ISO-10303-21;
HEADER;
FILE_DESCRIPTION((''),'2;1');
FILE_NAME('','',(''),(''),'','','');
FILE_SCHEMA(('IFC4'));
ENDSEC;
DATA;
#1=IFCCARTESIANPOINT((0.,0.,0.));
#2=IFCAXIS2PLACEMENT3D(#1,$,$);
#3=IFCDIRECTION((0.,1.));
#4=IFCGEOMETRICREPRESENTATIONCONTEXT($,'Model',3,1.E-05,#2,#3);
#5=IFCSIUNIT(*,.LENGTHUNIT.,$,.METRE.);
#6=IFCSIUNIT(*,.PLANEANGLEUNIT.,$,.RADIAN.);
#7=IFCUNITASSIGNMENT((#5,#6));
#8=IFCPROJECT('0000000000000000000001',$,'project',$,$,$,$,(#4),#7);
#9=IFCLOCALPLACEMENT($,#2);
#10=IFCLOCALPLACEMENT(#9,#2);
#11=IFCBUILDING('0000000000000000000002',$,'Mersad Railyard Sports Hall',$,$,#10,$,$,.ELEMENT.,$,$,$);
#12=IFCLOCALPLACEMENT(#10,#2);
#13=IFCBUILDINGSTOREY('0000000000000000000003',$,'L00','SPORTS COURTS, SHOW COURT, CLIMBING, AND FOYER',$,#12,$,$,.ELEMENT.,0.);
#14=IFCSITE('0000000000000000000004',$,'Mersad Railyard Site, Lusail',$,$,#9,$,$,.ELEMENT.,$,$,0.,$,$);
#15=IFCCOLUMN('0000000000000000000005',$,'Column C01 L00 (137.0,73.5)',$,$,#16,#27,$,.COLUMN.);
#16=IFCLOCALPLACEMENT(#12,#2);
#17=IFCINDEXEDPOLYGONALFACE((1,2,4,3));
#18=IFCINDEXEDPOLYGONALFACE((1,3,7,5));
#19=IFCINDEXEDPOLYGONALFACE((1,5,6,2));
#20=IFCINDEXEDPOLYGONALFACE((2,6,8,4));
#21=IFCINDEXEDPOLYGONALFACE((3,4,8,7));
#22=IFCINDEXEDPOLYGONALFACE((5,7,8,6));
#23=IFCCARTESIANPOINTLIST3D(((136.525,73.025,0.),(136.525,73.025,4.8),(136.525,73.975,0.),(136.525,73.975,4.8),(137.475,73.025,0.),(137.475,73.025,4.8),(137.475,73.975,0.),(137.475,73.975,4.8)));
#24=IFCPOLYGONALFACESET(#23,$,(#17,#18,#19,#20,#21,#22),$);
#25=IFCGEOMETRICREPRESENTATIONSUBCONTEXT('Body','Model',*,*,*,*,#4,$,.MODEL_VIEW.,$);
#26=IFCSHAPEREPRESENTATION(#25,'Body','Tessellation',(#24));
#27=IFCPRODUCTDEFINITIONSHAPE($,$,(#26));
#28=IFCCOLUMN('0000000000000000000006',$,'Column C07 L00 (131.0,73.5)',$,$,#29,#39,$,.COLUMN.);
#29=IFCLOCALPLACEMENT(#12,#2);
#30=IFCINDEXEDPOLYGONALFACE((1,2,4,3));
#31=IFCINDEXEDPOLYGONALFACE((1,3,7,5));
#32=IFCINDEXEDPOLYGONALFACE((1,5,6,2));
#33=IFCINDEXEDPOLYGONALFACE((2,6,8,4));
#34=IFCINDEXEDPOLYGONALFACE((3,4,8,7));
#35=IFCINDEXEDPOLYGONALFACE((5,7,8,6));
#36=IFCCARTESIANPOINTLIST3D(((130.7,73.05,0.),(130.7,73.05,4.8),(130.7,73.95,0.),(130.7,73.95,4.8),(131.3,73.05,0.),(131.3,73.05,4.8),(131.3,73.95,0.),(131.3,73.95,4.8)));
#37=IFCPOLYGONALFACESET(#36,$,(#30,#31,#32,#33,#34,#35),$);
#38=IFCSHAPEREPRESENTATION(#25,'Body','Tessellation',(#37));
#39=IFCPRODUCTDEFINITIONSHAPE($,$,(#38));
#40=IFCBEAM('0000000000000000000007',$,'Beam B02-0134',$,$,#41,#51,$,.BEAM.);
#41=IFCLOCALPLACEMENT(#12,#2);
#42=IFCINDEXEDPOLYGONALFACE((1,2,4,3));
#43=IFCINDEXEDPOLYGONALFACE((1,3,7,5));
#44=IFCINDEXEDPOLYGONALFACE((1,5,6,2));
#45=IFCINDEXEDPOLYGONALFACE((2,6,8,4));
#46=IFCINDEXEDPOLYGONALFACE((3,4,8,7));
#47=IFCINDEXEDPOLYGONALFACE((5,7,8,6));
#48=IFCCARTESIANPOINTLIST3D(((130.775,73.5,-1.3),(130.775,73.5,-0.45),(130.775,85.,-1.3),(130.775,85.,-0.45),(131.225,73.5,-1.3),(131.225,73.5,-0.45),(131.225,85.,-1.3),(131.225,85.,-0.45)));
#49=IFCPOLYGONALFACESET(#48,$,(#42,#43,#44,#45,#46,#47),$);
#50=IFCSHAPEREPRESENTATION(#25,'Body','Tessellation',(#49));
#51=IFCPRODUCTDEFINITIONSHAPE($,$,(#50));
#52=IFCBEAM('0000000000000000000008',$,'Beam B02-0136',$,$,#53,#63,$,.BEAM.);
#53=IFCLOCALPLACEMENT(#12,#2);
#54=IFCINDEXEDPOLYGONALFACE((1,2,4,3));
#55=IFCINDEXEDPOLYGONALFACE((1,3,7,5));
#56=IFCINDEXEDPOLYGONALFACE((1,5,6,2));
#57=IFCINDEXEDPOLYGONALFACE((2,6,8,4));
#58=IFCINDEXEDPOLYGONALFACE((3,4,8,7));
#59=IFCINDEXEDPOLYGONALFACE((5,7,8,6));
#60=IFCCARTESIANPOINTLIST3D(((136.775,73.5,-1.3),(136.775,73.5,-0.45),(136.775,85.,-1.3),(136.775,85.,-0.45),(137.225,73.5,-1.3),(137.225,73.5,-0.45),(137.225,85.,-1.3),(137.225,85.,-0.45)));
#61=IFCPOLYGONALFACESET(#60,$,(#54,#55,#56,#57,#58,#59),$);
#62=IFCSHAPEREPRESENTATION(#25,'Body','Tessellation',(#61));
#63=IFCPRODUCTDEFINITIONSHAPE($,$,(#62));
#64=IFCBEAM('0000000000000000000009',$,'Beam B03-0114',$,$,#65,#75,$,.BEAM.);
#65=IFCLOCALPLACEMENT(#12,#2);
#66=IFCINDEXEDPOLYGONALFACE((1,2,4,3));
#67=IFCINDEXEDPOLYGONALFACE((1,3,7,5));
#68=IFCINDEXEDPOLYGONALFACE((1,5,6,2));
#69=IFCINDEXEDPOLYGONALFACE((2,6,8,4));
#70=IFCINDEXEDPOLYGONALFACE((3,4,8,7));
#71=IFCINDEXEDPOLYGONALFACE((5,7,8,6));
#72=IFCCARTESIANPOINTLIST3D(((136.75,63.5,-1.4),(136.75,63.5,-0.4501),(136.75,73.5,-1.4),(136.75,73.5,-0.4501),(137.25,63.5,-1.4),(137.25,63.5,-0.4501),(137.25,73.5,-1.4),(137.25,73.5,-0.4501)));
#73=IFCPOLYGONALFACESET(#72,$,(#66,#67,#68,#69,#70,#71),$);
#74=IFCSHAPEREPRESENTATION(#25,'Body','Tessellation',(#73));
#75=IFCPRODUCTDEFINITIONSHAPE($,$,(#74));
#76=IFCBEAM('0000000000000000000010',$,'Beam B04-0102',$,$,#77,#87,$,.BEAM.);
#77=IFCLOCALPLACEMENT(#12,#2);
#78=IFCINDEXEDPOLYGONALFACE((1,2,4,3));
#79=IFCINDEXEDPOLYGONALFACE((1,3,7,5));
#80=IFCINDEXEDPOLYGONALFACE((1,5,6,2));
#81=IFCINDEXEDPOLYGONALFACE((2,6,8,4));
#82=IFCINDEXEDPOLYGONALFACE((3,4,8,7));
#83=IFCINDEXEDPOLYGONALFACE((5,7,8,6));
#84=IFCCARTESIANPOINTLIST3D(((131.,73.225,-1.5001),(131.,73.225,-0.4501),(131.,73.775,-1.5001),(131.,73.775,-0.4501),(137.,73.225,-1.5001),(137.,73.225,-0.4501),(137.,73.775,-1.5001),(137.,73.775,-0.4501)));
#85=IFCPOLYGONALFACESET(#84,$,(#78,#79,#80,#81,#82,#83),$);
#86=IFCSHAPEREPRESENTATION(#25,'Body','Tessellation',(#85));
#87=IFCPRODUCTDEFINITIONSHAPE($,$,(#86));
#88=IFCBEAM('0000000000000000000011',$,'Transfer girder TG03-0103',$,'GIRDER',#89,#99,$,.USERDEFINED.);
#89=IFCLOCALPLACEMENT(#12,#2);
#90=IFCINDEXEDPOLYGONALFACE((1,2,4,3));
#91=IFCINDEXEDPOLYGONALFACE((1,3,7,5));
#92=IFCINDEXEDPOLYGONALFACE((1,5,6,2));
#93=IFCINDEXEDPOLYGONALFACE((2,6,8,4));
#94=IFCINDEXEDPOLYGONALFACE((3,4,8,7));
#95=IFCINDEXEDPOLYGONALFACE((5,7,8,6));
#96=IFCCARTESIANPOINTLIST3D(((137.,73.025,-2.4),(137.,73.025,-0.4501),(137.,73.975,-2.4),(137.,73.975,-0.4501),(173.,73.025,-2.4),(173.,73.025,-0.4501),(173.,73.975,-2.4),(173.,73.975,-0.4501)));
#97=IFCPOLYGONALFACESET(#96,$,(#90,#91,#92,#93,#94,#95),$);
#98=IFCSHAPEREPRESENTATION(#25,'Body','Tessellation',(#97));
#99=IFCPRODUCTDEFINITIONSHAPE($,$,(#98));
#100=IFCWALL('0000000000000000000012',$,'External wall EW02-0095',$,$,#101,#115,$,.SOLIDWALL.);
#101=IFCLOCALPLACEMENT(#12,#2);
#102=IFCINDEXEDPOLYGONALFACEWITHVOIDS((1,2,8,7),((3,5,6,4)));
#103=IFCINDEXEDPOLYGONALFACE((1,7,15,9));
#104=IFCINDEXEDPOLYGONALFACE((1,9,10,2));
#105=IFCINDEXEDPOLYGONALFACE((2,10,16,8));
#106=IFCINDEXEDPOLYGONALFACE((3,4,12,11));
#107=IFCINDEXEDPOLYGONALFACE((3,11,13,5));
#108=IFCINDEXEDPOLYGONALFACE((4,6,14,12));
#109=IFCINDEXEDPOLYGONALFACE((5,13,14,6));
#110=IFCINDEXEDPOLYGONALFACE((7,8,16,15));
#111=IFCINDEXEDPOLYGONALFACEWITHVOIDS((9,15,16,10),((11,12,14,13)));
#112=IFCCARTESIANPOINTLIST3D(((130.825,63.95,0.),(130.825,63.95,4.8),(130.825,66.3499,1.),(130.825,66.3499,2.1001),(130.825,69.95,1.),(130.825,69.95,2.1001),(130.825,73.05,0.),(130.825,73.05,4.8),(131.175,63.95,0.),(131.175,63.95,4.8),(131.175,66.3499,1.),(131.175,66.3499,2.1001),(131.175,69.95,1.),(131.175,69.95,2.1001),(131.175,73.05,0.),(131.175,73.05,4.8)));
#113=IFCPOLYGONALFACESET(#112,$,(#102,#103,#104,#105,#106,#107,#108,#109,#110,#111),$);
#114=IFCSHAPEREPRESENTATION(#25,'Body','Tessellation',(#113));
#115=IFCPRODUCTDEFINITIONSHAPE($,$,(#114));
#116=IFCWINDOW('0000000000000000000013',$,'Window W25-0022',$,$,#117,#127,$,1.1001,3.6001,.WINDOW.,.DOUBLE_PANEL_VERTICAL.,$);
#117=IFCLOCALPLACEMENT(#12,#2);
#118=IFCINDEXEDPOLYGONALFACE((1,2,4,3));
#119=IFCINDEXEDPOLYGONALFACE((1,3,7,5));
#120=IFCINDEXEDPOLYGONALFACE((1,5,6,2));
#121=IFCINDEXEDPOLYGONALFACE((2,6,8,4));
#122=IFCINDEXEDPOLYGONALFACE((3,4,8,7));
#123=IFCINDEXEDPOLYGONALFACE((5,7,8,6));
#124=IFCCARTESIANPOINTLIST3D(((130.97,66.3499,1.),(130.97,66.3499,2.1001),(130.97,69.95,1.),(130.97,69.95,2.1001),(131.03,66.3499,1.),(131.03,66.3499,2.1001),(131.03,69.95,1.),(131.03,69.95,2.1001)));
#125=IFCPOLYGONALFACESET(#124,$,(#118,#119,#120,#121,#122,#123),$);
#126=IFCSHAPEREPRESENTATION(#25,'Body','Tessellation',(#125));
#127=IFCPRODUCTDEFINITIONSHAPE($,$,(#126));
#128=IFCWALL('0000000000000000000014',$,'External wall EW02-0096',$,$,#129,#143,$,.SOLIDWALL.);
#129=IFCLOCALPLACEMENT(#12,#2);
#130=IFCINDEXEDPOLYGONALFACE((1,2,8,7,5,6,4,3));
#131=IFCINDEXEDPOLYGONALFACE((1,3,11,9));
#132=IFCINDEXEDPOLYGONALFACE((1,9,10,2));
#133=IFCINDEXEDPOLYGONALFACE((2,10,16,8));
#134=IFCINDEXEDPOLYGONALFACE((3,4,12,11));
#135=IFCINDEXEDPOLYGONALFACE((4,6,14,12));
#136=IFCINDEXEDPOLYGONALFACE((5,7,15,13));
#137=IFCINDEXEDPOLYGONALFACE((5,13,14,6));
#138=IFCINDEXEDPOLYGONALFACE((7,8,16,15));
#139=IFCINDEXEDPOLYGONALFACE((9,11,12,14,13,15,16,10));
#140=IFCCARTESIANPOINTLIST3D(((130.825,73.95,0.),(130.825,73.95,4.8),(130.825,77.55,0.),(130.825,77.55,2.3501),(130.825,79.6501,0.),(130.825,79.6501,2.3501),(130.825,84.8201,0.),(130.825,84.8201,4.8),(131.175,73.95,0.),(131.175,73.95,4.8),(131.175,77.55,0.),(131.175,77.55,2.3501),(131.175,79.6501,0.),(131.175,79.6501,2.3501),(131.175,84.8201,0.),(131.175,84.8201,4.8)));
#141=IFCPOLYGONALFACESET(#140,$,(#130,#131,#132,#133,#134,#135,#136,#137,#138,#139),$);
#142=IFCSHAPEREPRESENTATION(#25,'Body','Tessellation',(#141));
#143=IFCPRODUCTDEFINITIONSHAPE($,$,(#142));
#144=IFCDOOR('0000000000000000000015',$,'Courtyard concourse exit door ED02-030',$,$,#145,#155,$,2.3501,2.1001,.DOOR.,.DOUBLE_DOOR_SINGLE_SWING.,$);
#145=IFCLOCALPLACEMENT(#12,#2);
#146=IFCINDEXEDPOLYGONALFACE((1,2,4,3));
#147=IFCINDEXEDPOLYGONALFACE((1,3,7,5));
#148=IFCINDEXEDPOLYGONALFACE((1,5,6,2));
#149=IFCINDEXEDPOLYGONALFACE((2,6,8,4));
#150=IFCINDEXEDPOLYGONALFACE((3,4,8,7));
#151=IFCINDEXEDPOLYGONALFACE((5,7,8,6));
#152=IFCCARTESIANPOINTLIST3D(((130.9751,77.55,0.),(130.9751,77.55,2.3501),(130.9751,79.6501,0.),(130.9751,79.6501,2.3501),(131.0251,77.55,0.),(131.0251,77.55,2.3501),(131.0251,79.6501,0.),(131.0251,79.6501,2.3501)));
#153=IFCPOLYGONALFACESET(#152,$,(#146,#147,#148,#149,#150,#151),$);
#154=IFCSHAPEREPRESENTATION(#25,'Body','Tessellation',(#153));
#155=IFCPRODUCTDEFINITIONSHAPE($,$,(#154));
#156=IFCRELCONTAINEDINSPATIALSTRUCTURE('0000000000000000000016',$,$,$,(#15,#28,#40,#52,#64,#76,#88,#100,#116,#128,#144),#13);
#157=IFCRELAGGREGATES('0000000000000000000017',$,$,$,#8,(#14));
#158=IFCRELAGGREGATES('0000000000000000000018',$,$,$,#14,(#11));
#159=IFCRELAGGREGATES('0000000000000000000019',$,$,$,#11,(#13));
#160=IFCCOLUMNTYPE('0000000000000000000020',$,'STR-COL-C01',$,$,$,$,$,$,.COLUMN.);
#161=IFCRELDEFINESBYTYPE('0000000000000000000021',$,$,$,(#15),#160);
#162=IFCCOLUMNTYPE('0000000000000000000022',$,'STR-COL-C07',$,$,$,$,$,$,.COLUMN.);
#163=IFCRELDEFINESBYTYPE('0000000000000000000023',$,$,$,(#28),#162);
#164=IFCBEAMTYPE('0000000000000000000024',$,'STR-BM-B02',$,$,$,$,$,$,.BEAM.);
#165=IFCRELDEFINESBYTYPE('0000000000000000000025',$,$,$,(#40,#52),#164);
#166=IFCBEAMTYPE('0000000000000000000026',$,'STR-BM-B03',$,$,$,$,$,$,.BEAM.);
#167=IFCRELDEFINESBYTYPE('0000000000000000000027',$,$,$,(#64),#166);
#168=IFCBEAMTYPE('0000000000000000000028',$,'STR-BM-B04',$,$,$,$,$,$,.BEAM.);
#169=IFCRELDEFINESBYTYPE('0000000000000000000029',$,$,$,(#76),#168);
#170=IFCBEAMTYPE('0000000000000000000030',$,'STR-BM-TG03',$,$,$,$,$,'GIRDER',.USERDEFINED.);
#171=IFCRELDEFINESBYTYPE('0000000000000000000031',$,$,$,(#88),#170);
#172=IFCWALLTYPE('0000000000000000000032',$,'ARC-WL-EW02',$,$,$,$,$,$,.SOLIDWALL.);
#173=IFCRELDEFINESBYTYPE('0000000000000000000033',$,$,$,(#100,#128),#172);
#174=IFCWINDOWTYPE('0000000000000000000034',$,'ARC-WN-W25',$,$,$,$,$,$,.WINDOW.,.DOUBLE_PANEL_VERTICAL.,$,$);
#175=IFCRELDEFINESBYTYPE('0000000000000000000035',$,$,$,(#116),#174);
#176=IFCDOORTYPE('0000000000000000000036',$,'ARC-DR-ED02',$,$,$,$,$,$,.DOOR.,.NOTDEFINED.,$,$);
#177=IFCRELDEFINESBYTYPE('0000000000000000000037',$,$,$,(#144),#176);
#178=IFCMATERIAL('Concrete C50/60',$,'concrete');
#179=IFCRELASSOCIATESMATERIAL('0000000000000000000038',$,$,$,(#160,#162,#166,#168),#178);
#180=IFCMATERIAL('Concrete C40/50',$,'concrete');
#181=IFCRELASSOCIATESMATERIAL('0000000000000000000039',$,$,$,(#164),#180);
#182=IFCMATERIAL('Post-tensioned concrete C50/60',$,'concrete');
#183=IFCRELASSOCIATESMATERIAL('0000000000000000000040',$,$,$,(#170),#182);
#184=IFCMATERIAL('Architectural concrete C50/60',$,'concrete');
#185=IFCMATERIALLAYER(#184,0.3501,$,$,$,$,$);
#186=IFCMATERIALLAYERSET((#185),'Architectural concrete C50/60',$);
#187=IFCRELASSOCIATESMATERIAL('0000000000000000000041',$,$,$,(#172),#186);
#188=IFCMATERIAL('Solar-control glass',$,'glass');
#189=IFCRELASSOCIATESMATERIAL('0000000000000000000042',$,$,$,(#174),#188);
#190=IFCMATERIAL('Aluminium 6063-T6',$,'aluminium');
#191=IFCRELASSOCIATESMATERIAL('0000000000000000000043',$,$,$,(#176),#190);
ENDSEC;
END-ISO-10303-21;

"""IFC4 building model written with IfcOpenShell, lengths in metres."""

from ifc_helpers import new_model, si_unit, direction, frame, frame_2d, origin, origin_2d, place, context, subcontext, project, spatial, rectangle, extrude, material, layer, layer_set, material_profile, profile_set, type_object, element, fill, save


model = new_model("IFC4")

# Units and contexts
model_context = context("Model", 3, precision=1e-05, world=origin(), true_north=direction((0.0, 1.0)))
body_context = subcontext(model_context, "Body", "Model", "MODEL_VIEW")
ifc_project = project(units=[si_unit("LENGTHUNIT", "METRE"), si_unit("PLANEANGLEUNIT", "RADIAN")], contexts=[model_context])

# Site, building, storey
site_placement = place(None, origin())
site = spatial("IfcSite", under=ifc_project, at=site_placement, Name="Mersad Railyard Site, Lusail", CompositionType="ELEMENT", RefElevation=0.0)
building_placement = place(site_placement, origin())
building = spatial("IfcBuilding", under=site, at=building_placement, Name="Mersad Railyard Sports Hall", CompositionType="ELEMENT")
storey_placement = place(building_placement, origin())
storey = spatial("IfcBuildingStorey", under=building, at=storey_placement, Name="L00", Description="SPORTS COURTS, SHOW COURT, CLIMBING, AND FOYER", CompositionType="ELEMENT", Elevation=0.0)

# Columns
ifc_material_1 = material(Name="Concrete C50/60", Category="concrete")
ifc_material_profile_1 = material_profile(ifc_material_1, rectangle(XDim=0.95, YDim=0.95, at=origin_2d()), Name="RC 950x950")
ifc_profile_set_1 = profile_set([ifc_material_profile_1], Name="Concrete C50/60")
column_type_1 = type_object("IfcColumnType", Name="STR-COL-C01", PredefinedType="COLUMN", material=ifc_profile_set_1)
column_1_placement = place(storey_placement, frame((137.0, 73.5, 0.0), z_axis=(0.0, 0.0, 1.0), x_axis=(1.0, 0.0, 0.0)))
element("IfcColumn", 1, at=column_1_placement, inside=storey, type_object=column_type_1, Name="Column C01 L00 (137.0,73.5)", PredefinedType="COLUMN", context=body_context, shape_type="SweptSolid", body=[
    extrude(rectangle(XDim=0.95, YDim=0.95, at=origin_2d()), origin(), (0.0, 0.0, 1.0), 4.8),
])
ifc_material_profile_2 = material_profile(ifc_material_1, rectangle(XDim=0.6001, YDim=0.8999, at=origin_2d()), Name="RC 600x900")
ifc_profile_set_2 = profile_set([ifc_material_profile_2], Name="Concrete C50/60")
column_type_2 = type_object("IfcColumnType", Name="STR-COL-C07", PredefinedType="COLUMN", material=ifc_profile_set_2)
column_2_placement = place(storey_placement, frame((131.0, 73.5, 0.0), z_axis=(0.0, 0.0, 1.0), x_axis=(1.0, 0.0, 0.0)))
element("IfcColumn", 2, at=column_2_placement, inside=storey, type_object=column_type_2, Name="Column C07 L00 (131.0,73.5)", PredefinedType="COLUMN", context=body_context, shape_type="SweptSolid", body=[
    extrude(rectangle(XDim=0.6001, YDim=0.8999, at=origin_2d()), origin(), (0.0, 0.0, 1.0), 4.8),
])

# Beams
ifc_material_2 = material(Name="Concrete C40/50", Category="concrete")
ifc_material_profile_3 = material_profile(ifc_material_2, rectangle(XDim=0.45, YDim=0.8501, at=origin_2d()), Name="RC 450x850")
ifc_profile_set_3 = profile_set([ifc_material_profile_3], Name="Concrete C40/50")
beam_type_1 = type_object("IfcBeamType", Name="STR-BM-B02", PredefinedType="BEAM", material=ifc_profile_set_3)
for number, where, z_axis, x_axis, name in (
    (3, (131.0, 73.5, -0.875), (0.0, 1.0, 0.0), (-1.0, 0.0, 0.0), "Beam B02-0134"),
    (4, (137.0, 73.5, -0.875), (0.0, 1.0, 0.0), (-1.0, 0.0, 0.0), "Beam B02-0136"),
):
    element("IfcBeam", number, at=place(storey_placement, frame(where, z_axis=z_axis, x_axis=x_axis)), inside=storey, type_object=beam_type_1, Name=name, PredefinedType="BEAM", context=body_context, shape_type="SweptSolid", body=[
        extrude(rectangle(XDim=0.45, YDim=0.8501, at=origin_2d()), origin(), (0.0, 0.0, 1.0), 11.5),
    ])
ifc_material_profile_4 = material_profile(ifc_material_1, rectangle(XDim=0.5, YDim=0.95, at=origin_2d()), Name="RC 500x950")
ifc_profile_set_4 = profile_set([ifc_material_profile_4], Name="Concrete C50/60")
beam_type_2 = type_object("IfcBeamType", Name="STR-BM-B03", PredefinedType="BEAM", material=ifc_profile_set_4)
beam_1_placement = place(storey_placement, frame((137.0, 63.5, -0.925), z_axis=(0.0, 1.0, 0.0), x_axis=(-1.0, 0.0, 0.0)))
element("IfcBeam", 5, at=beam_1_placement, inside=storey, type_object=beam_type_2, Name="Beam B03-0114", PredefinedType="BEAM", context=body_context, shape_type="SweptSolid", body=[
    extrude(rectangle(XDim=0.5, YDim=0.95, at=origin_2d()), origin(), (0.0, 0.0, 1.0), 10.0),
])
ifc_material_profile_5 = material_profile(ifc_material_1, rectangle(XDim=0.55, YDim=1.05, at=origin_2d()), Name="RC 550x1050")
ifc_profile_set_5 = profile_set([ifc_material_profile_5], Name="Concrete C50/60")
beam_type_3 = type_object("IfcBeamType", Name="STR-BM-B04", PredefinedType="BEAM", material=ifc_profile_set_5)
beam_2_placement = place(storey_placement, frame((131.0, 73.5, -0.9751), z_axis=(1.0, 0.0, 0.0), x_axis=(0.0, 1.0, 0.0)))
element("IfcBeam", 6, at=beam_2_placement, inside=storey, type_object=beam_type_3, Name="Beam B04-0102", PredefinedType="BEAM", context=body_context, shape_type="SweptSolid", body=[
    extrude(rectangle(XDim=0.55, YDim=1.05, at=origin_2d()), origin(), (0.0, 0.0, 1.0), 6.0),
])
ifc_material_3 = material(Name="Post-tensioned concrete C50/60", Category="concrete")
ifc_material_profile_6 = material_profile(ifc_material_3, rectangle(XDim=0.95, YDim=1.95, at=origin_2d()), Name="PT 950x1950")
ifc_profile_set_6 = profile_set([ifc_material_profile_6], Name="Post-tensioned concrete C50/60")
beam_type_4 = type_object("IfcBeamType", Name="STR-BM-TG03", ElementType="GIRDER", PredefinedType="USERDEFINED", material=ifc_profile_set_6)
beam_3_placement = place(storey_placement, frame((137.0, 73.5, -1.425), z_axis=(1.0, 0.0, 0.0), x_axis=(0.0, 1.0, 0.0)))
element("IfcBeam", 7, at=beam_3_placement, inside=storey, type_object=beam_type_4, Name="Transfer girder TG03-0103", ObjectType="GIRDER", PredefinedType="USERDEFINED", context=body_context, shape_type="SweptSolid", body=[
    extrude(rectangle(XDim=0.95, YDim=1.95, at=origin_2d()), origin(), (0.0, 0.0, 1.0), 36.0),
])

# Wall, opening, window
ifc_material_4 = material(Name="Architectural concrete C50/60", Category="concrete")
ifc_layer_1 = layer(ifc_material_4, 0.3501)
ifc_layer_set_1 = layer_set([ifc_layer_1], Name="Architectural concrete C50/60")
wall_type_1 = type_object("IfcWallType", Name="ARC-WL-EW02", PredefinedType="SOLIDWALL", material=ifc_layer_set_1)
wall_1_placement = place(storey_placement, frame((131.0, 63.95, 0.0), z_axis=(0.0, 0.0, 1.0), x_axis=(0.0, 1.0, 0.0)))
wall_1 = element("IfcWall", 8, at=wall_1_placement, inside=storey, type_object=wall_type_1, Name="External wall EW02-0095", PredefinedType="SOLIDWALL", context=body_context, shape_type="SweptSolid", body=[
    extrude(rectangle(XDim=9.1001, YDim=0.3501, at=frame_2d((4.55, 0.0))), origin(), (0.0, 0.0, 1.0), 4.8),
])
opening_1_placement = place(wall_1_placement, frame((2.3999, 0.0, 1.0)))
opening_1 = element("IfcOpeningElement", 9, at=opening_1_placement, cuts=wall_1, PredefinedType="OPENING", context=body_context, shape_type="SweptSolid", body=[
    extrude(rectangle(XDim=3.6001, YDim=1.1001, at=frame_2d((1.8, 0.55))), frame((0.0, 0.1851, 0.0), z_axis=(0.0, -1.0, 0.0), x_axis=(1.0, 0.0, 0.0)), (0.0, 0.0, 1.0), 0.3701),
])
ifc_material_5 = material(Name="Solar-control glass", Category="glass")
window_type = type_object("IfcWindowType", Name="ARC-WN-W25", PartitioningType="DOUBLE_PANEL_VERTICAL", PredefinedType="WINDOW", material=ifc_material_5)
window_placement = place(opening_1_placement, origin())
window = element("IfcWindow", 10, at=window_placement, inside=storey, type_object=window_type, Name="Window W25-0022", OverallHeight=1.1001, OverallWidth=3.6001, PartitioningType="DOUBLE_PANEL_VERTICAL", PredefinedType="WINDOW", context=body_context, shape_type="SweptSolid", body=[
    extrude(rectangle(XDim=3.6001, YDim=1.1001, at=frame_2d((1.8, 0.55))), frame((0.0, 0.03, 0.0), z_axis=(0.0, -1.0, 0.0), x_axis=(1.0, 0.0, 0.0)), (0.0, 0.0, 1.0), 0.0601),
])
fill(opening_1, window)

# Wall, opening, door
wall_2_placement = place(storey_placement, frame((131.0, 73.95, 0.0), z_axis=(0.0, 0.0, 1.0), x_axis=(0.0, 1.0, 0.0)))
wall_2 = element("IfcWall", 11, at=wall_2_placement, inside=storey, type_object=wall_type_1, Name="External wall EW02-0096", PredefinedType="SOLIDWALL", context=body_context, shape_type="SweptSolid", body=[
    extrude(rectangle(XDim=10.8701, YDim=0.3501, at=frame_2d((5.4351, 0.0))), origin(), (0.0, 0.0, 1.0), 4.8),
])
opening_2_placement = place(wall_2_placement, frame((3.6001, 0.0, 0.0)))
opening_2 = element("IfcOpeningElement", 12, at=opening_2_placement, cuts=wall_2, PredefinedType="OPENING", context=body_context, shape_type="SweptSolid", body=[
    extrude(rectangle(XDim=2.1001, YDim=2.3501, at=frame_2d((1.05, 1.175))), frame((0.0, 0.1851, 0.0), z_axis=(0.0, -1.0, 0.0), x_axis=(1.0, 0.0, 0.0)), (0.0, 0.0, 1.0), 0.3701),
])
ifc_material_6 = material(Name="Aluminium 6063-T6", Category="aluminium")
door_type_1 = type_object("IfcDoorType", Name="ARC-DR-ED02", OperationType="NOTDEFINED", PredefinedType="DOOR", material=ifc_material_6)
door_1_placement = place(opening_2_placement, origin())
door_1 = element("IfcDoor", 13, at=door_1_placement, inside=storey, type_object=door_type_1, Name="Courtyard concourse exit door ED02-030", OperationType="DOUBLE_DOOR_SINGLE_SWING", OverallHeight=2.3501, OverallWidth=2.1001, PredefinedType="DOOR", context=body_context, shape_type="SweptSolid", body=[
    extrude(rectangle(XDim=2.1001, YDim=2.3501, at=frame_2d((1.05, 1.175))), frame((0.0, 0.0249, 0.0), z_axis=(0.0, -1.0, 0.0), x_axis=(1.0, 0.0, 0.0)), (0.0, 0.0, 1.0), 0.05),
])
fill(opening_2, door_1)

save(model, "model.ifc")
